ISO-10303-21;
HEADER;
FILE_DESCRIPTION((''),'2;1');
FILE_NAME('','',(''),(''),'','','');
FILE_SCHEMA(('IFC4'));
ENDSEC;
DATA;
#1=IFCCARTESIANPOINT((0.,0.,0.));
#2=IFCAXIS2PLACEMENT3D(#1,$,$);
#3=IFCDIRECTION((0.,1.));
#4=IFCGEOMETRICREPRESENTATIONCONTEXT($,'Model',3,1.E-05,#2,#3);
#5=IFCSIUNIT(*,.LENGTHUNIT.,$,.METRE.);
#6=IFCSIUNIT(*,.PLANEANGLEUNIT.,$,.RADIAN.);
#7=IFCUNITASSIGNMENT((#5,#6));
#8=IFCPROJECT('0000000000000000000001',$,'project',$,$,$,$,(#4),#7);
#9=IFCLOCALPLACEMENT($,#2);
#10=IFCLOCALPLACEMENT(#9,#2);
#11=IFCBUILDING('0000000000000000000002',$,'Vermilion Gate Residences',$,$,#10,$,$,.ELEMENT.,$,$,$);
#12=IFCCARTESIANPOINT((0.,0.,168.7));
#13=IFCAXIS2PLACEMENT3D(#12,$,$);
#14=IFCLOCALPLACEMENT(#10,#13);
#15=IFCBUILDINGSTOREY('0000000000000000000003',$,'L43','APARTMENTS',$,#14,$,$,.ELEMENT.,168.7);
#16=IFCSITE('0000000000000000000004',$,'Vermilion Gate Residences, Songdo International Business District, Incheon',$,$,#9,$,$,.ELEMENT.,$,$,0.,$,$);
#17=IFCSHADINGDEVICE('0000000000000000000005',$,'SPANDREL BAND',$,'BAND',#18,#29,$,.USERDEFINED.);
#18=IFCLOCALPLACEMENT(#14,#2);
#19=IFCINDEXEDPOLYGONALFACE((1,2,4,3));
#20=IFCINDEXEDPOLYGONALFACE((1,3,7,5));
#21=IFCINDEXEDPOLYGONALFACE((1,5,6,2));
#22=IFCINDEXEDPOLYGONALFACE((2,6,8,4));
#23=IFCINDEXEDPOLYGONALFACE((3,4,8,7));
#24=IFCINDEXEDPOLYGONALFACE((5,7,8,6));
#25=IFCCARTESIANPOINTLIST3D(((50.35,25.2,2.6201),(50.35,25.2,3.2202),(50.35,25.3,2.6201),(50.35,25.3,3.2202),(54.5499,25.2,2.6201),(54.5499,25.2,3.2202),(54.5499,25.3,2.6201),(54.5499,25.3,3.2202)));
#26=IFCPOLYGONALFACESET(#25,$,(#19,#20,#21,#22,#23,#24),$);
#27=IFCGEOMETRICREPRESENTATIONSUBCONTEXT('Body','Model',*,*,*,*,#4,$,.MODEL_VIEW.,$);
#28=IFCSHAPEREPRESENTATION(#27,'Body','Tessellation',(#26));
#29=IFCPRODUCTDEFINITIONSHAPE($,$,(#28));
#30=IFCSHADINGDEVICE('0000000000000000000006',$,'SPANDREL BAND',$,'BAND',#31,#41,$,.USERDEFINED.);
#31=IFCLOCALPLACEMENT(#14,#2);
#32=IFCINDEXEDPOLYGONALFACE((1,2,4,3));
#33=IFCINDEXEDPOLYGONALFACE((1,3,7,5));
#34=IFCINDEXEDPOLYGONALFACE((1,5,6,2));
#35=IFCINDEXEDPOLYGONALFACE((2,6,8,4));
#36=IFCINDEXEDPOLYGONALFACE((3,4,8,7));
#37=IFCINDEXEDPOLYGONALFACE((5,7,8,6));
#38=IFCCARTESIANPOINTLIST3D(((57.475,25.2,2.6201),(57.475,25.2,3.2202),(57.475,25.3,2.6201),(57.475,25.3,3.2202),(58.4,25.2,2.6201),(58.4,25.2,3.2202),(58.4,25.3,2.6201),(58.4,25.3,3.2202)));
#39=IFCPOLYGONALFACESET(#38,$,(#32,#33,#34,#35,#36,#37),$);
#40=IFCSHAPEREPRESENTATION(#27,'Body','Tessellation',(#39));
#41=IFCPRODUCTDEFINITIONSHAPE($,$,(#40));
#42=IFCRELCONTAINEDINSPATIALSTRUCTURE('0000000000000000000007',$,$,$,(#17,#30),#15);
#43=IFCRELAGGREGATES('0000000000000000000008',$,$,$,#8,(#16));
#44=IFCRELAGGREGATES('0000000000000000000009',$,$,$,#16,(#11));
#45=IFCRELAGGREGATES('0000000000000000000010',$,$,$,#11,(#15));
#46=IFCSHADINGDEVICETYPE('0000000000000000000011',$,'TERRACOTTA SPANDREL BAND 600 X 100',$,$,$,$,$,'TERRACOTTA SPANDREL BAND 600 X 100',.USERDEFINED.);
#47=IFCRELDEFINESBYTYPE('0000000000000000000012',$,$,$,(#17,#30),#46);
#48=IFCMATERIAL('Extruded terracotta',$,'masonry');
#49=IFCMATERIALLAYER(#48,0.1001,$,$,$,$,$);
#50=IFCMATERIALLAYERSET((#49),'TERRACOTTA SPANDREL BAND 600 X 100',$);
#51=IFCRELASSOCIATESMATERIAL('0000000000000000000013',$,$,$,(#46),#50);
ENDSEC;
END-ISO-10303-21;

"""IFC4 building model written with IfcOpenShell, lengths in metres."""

from ifc_helpers import new_model, si_unit, direction, frame, origin, origin_2d, place, context, subcontext, project, spatial, rectangle, extrude, material, layer, layer_set, type_object, element, save


model = new_model("IFC4")

# Units and contexts
model_context = context("Model", 3, precision=1e-05, world=origin(), true_north=direction((0.0, 1.0)))
body_context = subcontext(model_context, "Body", "Model", "MODEL_VIEW")
ifc_project = project(units=[si_unit("LENGTHUNIT", "METRE"), si_unit("PLANEANGLEUNIT", "RADIAN")], contexts=[model_context])

# Site, building, storey
site_placement = place(None, origin())
site = spatial("IfcSite", under=ifc_project, at=site_placement, Name="Vermilion Gate Residences, Songdo International Business District, Incheon", CompositionType="ELEMENT", RefElevation=0.0)
building_placement = place(site_placement, origin())
building = spatial("IfcBuilding", under=site, at=building_placement, Name="Vermilion Gate Residences", CompositionType="ELEMENT")
storey_placement = place(building_placement, frame((0.0, 0.0, 168.7)))
storey = spatial("IfcBuildingStorey", under=building, at=storey_placement, Name="L43", Description="APARTMENTS", CompositionType="ELEMENT", Elevation=168.7)

# Shading devices
ifc_material_1 = material(Name="Extruded terracotta", Category="masonry")
ifc_layer_1 = layer(ifc_material_1, 0.1001)
ifc_layer_set_1 = layer_set([ifc_layer_1], Name="TERRACOTTA SPANDREL BAND 600 X 100")
shading_device_type_1 = type_object("IfcShadingDeviceType", Name="TERRACOTTA SPANDREL BAND 600 X 100", ElementType="TERRACOTTA SPANDREL BAND 600 X 100", PredefinedType="USERDEFINED", material=ifc_layer_set_1)
shading_device_1_placement = place(storey_placement, frame((52.45, 25.25, 2.6201), z_axis=(0.0, 0.0, 1.0), x_axis=(1.0, 0.0, 0.0)))
element("IfcShadingDevice", 1, at=shading_device_1_placement, inside=storey, type_object=shading_device_type_1, Name="SPANDREL BAND", ObjectType="BAND", PredefinedType="USERDEFINED", context=body_context, shape_type="SweptSolid", body=[
    extrude(rectangle(XDim=4.2, YDim=0.1001, at=origin_2d()), origin(), (0.0, 0.0, 1.0), 0.6001),
])
shading_device_2_placement = place(storey_placement, frame((57.9375, 25.25, 2.6201), z_axis=(0.0, 0.0, 1.0), x_axis=(1.0, 0.0, 0.0)))
element("IfcShadingDevice", 2, at=shading_device_2_placement, inside=storey, type_object=shading_device_type_1, Name="SPANDREL BAND", ObjectType="BAND", PredefinedType="USERDEFINED", context=body_context, shape_type="SweptSolid", body=[
    extrude(rectangle(XDim=0.925, YDim=0.1001, at=origin_2d()), origin(), (0.0, 0.0, 1.0), 0.6001),
])

save(model, "model.ifc")
